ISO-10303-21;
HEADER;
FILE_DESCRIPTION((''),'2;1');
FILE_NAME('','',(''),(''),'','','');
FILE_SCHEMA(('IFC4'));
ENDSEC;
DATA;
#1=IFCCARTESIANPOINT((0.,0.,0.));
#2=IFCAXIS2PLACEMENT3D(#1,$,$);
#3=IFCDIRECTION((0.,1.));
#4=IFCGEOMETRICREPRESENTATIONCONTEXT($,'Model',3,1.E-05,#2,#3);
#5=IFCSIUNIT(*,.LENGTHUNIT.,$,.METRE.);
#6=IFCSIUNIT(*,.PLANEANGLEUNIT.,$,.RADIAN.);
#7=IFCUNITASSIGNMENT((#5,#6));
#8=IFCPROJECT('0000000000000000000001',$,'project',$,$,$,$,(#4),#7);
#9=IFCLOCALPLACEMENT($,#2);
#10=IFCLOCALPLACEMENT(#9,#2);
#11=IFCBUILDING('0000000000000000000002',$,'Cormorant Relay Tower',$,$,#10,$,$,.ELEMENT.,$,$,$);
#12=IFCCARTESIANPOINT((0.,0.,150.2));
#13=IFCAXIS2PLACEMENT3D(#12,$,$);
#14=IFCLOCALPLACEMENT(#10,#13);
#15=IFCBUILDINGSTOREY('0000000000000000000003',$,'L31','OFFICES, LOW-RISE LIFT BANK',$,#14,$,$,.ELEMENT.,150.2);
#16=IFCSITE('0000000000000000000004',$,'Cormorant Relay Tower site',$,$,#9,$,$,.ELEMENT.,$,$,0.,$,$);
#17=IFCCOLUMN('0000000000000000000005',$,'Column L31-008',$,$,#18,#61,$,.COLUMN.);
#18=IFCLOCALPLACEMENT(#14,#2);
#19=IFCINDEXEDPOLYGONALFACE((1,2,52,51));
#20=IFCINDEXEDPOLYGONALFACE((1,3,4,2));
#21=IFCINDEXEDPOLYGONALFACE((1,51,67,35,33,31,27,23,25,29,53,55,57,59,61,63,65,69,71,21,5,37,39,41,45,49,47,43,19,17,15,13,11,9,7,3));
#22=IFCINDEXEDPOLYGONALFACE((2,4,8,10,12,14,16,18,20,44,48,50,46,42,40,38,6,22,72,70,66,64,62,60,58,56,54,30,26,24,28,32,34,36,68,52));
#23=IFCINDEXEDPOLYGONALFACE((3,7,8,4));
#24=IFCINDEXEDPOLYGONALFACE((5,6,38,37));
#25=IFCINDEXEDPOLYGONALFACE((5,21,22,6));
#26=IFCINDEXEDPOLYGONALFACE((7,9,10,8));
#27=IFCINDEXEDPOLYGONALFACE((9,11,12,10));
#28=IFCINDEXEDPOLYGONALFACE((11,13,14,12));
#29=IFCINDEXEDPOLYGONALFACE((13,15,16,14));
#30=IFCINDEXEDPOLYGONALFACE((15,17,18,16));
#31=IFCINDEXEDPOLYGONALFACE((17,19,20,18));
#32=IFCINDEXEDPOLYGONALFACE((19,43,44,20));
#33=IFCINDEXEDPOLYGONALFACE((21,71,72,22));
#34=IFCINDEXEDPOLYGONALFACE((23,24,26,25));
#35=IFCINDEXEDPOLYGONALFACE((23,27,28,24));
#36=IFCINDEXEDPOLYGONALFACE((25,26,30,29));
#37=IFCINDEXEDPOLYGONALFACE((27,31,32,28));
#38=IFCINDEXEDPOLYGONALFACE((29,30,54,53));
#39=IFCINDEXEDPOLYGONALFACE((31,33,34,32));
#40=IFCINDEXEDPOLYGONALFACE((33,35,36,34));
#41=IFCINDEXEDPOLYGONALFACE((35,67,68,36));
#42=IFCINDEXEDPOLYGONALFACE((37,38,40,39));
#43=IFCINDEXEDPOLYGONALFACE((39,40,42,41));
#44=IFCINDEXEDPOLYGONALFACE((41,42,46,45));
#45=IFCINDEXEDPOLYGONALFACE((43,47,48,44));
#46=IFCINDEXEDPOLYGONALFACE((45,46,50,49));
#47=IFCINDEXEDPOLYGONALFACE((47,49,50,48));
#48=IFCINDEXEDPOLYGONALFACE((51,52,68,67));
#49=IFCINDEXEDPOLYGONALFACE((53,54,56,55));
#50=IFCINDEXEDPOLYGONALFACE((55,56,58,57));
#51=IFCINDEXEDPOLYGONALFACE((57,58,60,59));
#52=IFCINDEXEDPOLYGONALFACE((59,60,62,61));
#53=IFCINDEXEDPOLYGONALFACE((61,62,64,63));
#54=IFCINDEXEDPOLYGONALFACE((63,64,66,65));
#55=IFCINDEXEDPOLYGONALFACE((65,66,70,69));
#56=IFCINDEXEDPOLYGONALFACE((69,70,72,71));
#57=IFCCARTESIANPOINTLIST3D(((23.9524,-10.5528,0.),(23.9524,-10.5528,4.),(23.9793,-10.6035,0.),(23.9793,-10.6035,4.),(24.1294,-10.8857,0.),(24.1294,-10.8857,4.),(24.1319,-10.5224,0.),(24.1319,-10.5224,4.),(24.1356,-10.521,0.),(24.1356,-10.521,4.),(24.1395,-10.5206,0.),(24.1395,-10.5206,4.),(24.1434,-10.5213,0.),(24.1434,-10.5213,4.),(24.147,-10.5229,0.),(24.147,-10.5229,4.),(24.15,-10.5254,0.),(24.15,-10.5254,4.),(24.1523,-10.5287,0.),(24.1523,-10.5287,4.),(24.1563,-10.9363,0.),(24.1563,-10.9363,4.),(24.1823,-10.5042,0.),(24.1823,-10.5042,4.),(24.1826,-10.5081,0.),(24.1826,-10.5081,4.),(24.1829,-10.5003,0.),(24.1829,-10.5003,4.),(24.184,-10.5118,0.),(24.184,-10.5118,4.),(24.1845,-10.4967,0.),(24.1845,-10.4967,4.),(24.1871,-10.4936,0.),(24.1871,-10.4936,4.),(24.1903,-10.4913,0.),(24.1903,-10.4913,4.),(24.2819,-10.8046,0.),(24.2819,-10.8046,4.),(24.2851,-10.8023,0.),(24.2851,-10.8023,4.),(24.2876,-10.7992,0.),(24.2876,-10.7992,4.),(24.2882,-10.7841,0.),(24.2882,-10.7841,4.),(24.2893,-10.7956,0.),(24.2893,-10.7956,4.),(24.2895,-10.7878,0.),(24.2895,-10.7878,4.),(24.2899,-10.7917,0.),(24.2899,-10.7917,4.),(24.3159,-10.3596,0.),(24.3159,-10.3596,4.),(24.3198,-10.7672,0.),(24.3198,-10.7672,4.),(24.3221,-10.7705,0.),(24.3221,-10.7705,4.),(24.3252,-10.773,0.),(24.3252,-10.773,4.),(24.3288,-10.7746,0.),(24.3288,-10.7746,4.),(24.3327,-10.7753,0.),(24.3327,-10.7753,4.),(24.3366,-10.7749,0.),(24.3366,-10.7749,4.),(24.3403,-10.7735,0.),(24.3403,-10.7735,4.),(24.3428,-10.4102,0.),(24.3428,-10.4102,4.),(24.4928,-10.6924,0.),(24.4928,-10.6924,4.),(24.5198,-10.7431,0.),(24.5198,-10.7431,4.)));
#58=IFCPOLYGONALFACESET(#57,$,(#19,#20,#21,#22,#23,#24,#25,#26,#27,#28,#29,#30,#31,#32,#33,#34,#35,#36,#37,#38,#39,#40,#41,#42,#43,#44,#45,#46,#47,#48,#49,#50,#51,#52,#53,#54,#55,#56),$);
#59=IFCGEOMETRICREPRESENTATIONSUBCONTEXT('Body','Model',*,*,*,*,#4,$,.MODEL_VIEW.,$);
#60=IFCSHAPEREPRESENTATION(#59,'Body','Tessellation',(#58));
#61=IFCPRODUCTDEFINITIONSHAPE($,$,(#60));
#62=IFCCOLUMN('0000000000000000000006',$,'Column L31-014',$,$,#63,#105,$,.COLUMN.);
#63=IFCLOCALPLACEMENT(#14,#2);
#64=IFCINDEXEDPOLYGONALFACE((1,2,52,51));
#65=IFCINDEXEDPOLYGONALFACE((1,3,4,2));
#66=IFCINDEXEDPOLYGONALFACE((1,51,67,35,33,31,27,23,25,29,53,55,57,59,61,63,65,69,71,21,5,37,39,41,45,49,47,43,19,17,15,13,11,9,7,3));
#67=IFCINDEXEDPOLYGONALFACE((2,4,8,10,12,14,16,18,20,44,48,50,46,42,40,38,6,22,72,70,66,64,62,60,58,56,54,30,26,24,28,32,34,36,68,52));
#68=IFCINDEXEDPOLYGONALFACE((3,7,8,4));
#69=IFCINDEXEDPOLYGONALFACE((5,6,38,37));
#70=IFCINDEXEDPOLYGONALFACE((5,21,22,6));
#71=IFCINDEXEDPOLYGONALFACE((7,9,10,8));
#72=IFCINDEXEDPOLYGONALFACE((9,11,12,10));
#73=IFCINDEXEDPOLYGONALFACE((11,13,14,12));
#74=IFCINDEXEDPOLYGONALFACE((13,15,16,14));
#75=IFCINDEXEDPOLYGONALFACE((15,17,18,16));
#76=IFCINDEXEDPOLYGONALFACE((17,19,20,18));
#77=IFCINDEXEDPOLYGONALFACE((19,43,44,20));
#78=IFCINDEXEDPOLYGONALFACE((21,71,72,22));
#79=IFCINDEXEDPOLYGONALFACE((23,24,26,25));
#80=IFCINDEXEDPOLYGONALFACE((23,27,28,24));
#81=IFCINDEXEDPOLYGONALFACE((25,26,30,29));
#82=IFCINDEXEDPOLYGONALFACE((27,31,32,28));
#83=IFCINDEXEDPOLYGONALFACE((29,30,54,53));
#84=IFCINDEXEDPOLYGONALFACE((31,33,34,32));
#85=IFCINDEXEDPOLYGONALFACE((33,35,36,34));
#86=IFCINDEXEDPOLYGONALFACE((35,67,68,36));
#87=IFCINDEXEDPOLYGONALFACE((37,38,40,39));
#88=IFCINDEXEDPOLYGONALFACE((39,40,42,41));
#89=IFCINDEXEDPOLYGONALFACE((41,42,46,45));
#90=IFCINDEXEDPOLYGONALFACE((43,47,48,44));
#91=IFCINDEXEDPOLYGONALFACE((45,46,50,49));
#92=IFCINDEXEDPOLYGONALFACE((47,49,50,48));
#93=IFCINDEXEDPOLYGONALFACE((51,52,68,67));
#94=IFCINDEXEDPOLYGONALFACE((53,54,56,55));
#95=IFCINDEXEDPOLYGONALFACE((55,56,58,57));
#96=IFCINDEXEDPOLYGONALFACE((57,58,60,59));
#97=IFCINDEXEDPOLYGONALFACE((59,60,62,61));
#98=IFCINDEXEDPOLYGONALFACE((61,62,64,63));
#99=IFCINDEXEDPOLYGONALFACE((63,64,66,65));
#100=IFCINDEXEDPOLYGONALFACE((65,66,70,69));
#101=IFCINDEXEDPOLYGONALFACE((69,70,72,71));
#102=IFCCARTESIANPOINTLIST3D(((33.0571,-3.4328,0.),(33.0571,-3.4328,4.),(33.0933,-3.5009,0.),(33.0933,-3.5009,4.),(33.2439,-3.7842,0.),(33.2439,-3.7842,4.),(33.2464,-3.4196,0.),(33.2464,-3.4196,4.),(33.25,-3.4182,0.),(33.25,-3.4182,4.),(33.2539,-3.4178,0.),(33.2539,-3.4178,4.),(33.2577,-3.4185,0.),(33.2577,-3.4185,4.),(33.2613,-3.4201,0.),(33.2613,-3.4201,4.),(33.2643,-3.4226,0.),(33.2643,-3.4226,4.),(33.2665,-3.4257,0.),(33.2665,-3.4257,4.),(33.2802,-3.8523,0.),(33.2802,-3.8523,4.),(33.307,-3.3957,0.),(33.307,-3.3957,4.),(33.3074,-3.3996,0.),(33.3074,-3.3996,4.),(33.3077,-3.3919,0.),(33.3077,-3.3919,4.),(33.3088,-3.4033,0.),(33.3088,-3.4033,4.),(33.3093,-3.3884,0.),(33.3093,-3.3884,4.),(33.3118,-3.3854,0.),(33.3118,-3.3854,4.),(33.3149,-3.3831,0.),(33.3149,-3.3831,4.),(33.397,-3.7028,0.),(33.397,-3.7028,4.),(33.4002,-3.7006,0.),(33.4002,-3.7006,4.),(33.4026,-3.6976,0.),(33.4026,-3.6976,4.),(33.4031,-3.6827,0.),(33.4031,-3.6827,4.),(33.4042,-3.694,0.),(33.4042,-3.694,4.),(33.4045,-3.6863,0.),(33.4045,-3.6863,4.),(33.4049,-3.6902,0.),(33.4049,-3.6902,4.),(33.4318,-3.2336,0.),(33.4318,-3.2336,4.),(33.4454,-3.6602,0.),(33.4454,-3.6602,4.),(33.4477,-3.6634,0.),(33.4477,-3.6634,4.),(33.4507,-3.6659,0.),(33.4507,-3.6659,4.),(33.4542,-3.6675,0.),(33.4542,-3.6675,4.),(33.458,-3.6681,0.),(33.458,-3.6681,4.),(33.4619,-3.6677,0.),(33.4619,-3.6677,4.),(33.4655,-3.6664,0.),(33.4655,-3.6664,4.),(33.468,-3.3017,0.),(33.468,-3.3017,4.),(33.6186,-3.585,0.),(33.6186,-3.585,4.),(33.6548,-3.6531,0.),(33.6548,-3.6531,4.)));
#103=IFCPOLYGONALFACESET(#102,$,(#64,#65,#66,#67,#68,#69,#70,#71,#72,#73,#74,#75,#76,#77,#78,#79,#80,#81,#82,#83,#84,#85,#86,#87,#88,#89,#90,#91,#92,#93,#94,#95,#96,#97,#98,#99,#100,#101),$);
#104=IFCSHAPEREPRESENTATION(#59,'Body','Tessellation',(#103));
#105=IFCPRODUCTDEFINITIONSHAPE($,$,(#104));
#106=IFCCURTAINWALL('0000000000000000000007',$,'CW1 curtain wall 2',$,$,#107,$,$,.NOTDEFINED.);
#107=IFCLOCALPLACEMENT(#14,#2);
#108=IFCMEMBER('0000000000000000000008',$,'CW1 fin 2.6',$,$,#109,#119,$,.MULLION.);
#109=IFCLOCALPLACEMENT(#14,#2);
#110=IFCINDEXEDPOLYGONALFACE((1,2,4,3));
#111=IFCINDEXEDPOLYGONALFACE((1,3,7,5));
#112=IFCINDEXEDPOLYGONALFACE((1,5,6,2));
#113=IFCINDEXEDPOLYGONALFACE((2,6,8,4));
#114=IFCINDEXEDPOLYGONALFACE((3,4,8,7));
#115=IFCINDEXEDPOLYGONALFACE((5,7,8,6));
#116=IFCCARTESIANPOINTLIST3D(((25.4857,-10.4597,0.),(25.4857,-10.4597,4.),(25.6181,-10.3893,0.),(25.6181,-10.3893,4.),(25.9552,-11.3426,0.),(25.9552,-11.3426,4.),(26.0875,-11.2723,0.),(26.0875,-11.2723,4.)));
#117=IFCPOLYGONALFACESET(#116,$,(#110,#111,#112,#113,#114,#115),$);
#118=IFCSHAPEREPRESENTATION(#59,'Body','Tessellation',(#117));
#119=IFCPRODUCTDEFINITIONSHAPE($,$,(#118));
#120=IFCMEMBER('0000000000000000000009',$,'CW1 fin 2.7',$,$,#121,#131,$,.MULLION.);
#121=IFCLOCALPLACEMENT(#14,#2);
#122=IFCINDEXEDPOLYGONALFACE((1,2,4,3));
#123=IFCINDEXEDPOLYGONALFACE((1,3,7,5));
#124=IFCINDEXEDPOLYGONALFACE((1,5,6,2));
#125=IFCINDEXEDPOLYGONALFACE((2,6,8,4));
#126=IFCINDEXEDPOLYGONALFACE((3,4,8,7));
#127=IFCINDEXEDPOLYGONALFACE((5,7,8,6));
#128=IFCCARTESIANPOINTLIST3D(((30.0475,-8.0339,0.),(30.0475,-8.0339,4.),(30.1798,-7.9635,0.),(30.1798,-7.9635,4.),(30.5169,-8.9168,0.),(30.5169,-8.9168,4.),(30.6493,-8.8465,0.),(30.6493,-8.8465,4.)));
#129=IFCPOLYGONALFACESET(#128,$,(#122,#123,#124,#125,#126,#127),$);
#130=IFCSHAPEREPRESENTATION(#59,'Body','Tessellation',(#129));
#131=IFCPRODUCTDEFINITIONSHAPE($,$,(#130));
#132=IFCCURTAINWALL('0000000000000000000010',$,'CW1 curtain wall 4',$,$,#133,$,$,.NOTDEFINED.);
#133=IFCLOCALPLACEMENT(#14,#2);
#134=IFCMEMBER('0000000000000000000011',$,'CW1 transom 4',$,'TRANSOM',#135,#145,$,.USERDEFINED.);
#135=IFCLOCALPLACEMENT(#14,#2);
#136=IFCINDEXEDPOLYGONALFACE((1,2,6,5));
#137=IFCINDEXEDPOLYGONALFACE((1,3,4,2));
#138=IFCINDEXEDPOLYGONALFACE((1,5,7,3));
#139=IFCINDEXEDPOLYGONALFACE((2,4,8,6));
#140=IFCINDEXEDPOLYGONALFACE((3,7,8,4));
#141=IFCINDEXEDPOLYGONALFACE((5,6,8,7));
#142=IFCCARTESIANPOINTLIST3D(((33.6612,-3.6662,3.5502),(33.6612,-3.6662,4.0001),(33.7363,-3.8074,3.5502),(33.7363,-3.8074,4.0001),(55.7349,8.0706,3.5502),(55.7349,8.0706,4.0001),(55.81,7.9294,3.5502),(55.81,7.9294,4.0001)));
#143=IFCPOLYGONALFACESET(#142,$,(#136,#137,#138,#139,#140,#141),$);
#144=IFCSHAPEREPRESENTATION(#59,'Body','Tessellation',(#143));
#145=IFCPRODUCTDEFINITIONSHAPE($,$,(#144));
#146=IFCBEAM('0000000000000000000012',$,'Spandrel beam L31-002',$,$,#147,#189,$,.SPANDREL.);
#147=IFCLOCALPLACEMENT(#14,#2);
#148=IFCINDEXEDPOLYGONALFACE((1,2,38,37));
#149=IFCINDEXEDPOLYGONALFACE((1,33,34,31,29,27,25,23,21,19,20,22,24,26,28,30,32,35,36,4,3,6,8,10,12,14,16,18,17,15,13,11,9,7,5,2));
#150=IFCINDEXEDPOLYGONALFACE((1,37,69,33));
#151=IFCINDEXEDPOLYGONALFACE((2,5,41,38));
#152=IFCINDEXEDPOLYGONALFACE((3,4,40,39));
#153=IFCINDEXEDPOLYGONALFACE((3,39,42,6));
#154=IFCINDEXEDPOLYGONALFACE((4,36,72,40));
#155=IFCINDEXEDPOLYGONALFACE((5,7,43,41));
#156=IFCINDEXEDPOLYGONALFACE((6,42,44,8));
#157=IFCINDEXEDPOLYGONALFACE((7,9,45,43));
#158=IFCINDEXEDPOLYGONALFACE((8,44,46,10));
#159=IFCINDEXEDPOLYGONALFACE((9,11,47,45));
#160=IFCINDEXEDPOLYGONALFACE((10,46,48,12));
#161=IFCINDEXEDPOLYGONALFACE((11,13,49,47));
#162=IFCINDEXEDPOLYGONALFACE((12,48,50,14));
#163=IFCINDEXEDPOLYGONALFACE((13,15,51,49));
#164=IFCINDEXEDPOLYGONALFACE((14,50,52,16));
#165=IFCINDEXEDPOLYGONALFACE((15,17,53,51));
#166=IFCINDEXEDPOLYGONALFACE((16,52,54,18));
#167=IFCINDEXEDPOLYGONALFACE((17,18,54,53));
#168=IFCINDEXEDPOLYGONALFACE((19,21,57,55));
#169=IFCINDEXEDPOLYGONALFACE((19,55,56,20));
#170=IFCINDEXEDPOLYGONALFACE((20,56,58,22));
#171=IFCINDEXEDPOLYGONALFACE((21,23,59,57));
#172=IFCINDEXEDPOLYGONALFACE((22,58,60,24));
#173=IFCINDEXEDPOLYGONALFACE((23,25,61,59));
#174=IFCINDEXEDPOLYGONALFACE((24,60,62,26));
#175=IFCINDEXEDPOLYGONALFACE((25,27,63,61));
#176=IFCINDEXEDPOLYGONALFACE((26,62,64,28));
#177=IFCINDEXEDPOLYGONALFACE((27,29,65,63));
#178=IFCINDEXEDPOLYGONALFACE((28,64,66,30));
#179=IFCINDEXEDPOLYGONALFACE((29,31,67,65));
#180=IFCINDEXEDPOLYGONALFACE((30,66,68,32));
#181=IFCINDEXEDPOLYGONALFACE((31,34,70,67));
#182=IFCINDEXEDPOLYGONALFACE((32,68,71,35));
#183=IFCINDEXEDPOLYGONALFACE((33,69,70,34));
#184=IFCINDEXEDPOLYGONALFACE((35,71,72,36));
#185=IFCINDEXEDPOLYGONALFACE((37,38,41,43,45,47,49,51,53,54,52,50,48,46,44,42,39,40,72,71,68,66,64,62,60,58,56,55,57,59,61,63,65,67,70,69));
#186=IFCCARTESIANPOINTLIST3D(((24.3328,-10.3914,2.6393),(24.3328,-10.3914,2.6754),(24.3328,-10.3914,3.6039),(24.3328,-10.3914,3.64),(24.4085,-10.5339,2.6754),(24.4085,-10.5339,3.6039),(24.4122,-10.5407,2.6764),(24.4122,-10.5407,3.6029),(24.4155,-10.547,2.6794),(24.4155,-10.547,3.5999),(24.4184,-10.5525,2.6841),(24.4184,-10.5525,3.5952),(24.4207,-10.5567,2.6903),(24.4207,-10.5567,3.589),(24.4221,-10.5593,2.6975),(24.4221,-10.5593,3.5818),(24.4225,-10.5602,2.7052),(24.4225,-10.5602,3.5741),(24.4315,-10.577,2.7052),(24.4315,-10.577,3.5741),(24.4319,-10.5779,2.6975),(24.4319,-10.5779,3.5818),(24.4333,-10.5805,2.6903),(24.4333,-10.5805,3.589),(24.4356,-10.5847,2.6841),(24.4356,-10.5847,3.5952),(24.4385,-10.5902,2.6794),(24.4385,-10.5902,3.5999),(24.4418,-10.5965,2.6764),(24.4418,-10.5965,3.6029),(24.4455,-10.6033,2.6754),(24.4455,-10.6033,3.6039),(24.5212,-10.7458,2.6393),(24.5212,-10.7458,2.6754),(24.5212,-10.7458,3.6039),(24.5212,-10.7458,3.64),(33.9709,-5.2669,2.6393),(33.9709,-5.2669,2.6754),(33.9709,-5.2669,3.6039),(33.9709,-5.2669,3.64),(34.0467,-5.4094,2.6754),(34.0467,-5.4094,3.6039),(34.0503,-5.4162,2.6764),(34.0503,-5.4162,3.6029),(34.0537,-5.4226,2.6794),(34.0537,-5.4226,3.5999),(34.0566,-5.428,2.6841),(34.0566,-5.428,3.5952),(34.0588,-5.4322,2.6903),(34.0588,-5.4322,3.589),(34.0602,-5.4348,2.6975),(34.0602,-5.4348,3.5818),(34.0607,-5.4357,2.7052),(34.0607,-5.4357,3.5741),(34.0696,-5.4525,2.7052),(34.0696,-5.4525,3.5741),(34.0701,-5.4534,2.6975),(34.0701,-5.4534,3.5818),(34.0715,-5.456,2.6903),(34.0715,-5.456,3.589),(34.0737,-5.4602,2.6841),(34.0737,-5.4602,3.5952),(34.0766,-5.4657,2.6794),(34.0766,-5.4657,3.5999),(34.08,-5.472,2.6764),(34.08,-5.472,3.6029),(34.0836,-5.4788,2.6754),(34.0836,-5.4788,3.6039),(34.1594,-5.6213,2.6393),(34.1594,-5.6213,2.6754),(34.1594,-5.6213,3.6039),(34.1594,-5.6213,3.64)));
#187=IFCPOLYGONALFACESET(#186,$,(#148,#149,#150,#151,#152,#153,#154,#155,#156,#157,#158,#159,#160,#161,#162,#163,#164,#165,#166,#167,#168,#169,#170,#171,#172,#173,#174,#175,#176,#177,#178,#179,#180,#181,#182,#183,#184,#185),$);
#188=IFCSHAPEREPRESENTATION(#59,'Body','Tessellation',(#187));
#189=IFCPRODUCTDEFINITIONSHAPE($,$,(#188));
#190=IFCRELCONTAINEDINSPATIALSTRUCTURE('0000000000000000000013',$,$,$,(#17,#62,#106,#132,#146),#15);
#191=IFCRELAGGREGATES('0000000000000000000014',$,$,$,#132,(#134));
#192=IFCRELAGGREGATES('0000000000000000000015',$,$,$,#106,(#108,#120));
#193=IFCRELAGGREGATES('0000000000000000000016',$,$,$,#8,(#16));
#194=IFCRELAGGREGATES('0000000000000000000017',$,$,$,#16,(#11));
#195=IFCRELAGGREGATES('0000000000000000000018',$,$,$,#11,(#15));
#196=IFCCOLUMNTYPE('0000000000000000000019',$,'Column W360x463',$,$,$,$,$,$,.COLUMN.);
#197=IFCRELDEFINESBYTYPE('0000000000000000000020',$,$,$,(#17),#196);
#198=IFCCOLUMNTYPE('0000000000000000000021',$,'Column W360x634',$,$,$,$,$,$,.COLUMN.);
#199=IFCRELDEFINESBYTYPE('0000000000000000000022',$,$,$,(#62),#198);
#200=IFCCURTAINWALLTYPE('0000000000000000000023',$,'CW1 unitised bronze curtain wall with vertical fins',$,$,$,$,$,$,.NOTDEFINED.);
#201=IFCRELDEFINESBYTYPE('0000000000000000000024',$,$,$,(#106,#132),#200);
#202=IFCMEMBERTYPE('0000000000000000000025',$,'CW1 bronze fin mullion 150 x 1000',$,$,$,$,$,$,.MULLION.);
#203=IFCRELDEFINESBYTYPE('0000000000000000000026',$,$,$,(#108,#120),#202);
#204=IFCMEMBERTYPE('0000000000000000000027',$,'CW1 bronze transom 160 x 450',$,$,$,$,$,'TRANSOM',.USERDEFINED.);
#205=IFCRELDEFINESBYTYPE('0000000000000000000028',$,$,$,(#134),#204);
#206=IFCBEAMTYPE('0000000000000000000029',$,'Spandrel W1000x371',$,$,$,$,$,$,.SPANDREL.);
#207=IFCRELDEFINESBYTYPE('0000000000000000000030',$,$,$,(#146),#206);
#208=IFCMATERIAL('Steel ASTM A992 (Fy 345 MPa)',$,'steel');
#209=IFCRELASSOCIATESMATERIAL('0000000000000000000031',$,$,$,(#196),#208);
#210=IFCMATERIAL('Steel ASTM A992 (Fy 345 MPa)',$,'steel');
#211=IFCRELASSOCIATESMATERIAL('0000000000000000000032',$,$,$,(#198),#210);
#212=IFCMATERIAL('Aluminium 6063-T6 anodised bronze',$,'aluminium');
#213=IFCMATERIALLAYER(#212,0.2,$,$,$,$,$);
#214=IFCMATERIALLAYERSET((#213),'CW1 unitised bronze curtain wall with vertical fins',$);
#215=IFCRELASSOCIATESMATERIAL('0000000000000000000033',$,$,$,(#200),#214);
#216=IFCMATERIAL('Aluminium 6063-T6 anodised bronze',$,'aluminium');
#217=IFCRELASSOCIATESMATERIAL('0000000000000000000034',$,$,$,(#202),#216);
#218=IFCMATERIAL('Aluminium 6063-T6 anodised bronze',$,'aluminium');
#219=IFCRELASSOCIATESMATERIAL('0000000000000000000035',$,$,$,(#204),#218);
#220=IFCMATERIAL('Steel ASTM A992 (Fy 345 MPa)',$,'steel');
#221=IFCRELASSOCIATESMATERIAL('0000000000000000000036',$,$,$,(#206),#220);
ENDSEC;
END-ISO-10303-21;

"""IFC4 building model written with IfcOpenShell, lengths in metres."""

from ifc_helpers import new_model, si_unit, direction, frame, origin, origin_2d, place, context, subcontext, project, spatial, rectangle, i_section, extrude, material, layer, layer_set, material_profile, profile_set, type_object, element, aggregate, save


model = new_model("IFC4")

# Units and contexts
model_context = context("Model", 3, precision=1e-05, world=origin(), true_north=direction((0.0, 1.0)))
body_context = subcontext(model_context, "Body", "Model", "MODEL_VIEW")
ifc_project = project(units=[si_unit("LENGTHUNIT", "METRE"), si_unit("PLANEANGLEUNIT", "RADIAN")], contexts=[model_context])

# Site, building, storey
site_placement = place(None, origin())
site = spatial("IfcSite", under=ifc_project, at=site_placement, Name="Cormorant Relay Tower site", CompositionType="ELEMENT", RefElevation=0.0)
building_placement = place(site_placement, origin())
building = spatial("IfcBuilding", under=site, at=building_placement, Name="Cormorant Relay Tower", CompositionType="ELEMENT")
storey_placement = place(building_placement, frame((0.0, 0.0, 150.2)))
storey = spatial("IfcBuildingStorey", under=building, at=storey_placement, Name="L31", Description="OFFICES, LOW-RISE LIFT BANK", CompositionType="ELEMENT", Elevation=150.2)

# Columns
ifc_material_1 = material(Name="Steel ASTM A992 (Fy 345 MPa)", Category="steel")
ifc_material_profile_1 = material_profile(ifc_material_1, i_section(OverallWidth=0.4116, OverallDepth=0.4343, WebThickness=0.0359, FlangeThickness=0.0574, FilletRadius=0.0151, at=origin_2d()), Name="W360x463")
ifc_profile_set_1 = profile_set([ifc_material_profile_1], Name="Steel ASTM A992 (Fy 345 MPa)")
column_type_1 = type_object("IfcColumnType", Name="Column W360x463", PredefinedType="COLUMN", material=ifc_profile_set_1)
column_1_placement = place(storey_placement, frame((24.2361, -10.6479, 0.0), z_axis=(0.0, 0.0, 1.0), x_axis=(0.882948, 0.469472, 0.0)))
element("IfcColumn", 1, at=column_1_placement, inside=storey, type_object=column_type_1, Name="Column L31-008", PredefinedType="COLUMN", context=body_context, shape_type="SweptSolid", body=[
    extrude(i_section(OverallWidth=0.4116, OverallDepth=0.4343, WebThickness=0.0359, FlangeThickness=0.0574, FilletRadius=0.0151, at=origin_2d()), origin(), (0.0, 0.0, 1.0), 4.0),
])
ifc_material_2 = material(Name="Steel ASTM A992 (Fy 345 MPa)", Category="steel")
ifc_material_profile_2 = material_profile(ifc_material_2, i_section(OverallWidth=0.4243, OverallDepth=0.4751, WebThickness=0.0479, FlangeThickness=0.0771, FilletRadius=0.0149, at=origin_2d()), Name="W360x634")
ifc_profile_set_2 = profile_set([ifc_material_profile_2], Name="Steel ASTM A992 (Fy 345 MPa)")
column_type_2 = type_object("IfcColumnType", Name="Column W360x634", PredefinedType="COLUMN", material=ifc_profile_set_2)
column_2_placement = place(storey_placement, frame((33.356, -3.543, 0.0), z_axis=(0.0, 0.0, 1.0), x_axis=(0.882948, 0.469472, 0.0)))
element("IfcColumn", 2, at=column_2_placement, inside=storey, type_object=column_type_2, Name="Column L31-014", PredefinedType="COLUMN", context=body_context, shape_type="SweptSolid", body=[
    extrude(i_section(OverallWidth=0.4243, OverallDepth=0.4751, WebThickness=0.0479, FlangeThickness=0.0771, FilletRadius=0.0149, at=origin_2d()), origin(), (0.0, 0.0, 1.0), 4.0),
])

# Curtain wall, members
ifc_material_3 = material(Name="Aluminium 6063-T6 anodised bronze", Category="aluminium")
ifc_layer_1 = layer(ifc_material_3, 0.2)
ifc_layer_set_1 = layer_set([ifc_layer_1], Name="CW1 unitised bronze curtain wall with vertical fins")
curtain_wall_type = type_object("IfcCurtainWallType", Name="CW1 unitised bronze curtain wall with vertical fins", PredefinedType="NOTDEFINED", material=ifc_layer_set_1)
curtain_wall_1_placement = place(storey_placement, origin())
curtain_wall_1 = element("IfcCurtainWall", 3, at=curtain_wall_1_placement, inside=storey, type_object=curtain_wall_type, Name="CW1 curtain wall 2", PredefinedType="NOTDEFINED")
ifc_material_4 = material(Name="Aluminium 6063-T6 anodised bronze", Category="aluminium")
ifc_material_profile_3 = material_profile(ifc_material_4, rectangle(XDim=0.1499, YDim=1.0, at=origin_2d()), Name="AL 150x1000")
ifc_profile_set_3 = profile_set([ifc_material_profile_3], Name="Aluminium 6063-T6 anodised bronze")
member_type_1 = type_object("IfcMemberType", Name="CW1 bronze fin mullion 150 x 1000", PredefinedType="MULLION", material=ifc_profile_set_3)
member_1_placement = place(storey_placement, frame((25.7866, -10.866, 0.0), z_axis=(0.0, 0.0, 1.0), x_axis=(0.882948, 0.469472, 0.0)))
member_1 = element("IfcMember", 4, at=member_1_placement, type_object=member_type_1, Name="CW1 fin 2.6", PredefinedType="MULLION", context=body_context, shape_type="SweptSolid", body=[
    extrude(rectangle(XDim=0.1499, YDim=1.0, at=origin_2d()), origin(), (0.0, 0.0, 1.0), 4.0),
])
member_2_placement = place(storey_placement, frame((30.3484, -8.4402, 0.0), z_axis=(0.0, 0.0, 1.0), x_axis=(0.882948, 0.469472, 0.0)))
member_2 = element("IfcMember", 5, at=member_2_placement, type_object=member_type_1, Name="CW1 fin 2.7", PredefinedType="MULLION", context=body_context, shape_type="SweptSolid", body=[
    extrude(rectangle(XDim=0.1499, YDim=1.0, at=origin_2d()), origin(), (0.0, 0.0, 1.0), 4.0),
])

# Curtain wall, member
curtain_wall_2_placement = place(storey_placement, origin())
curtain_wall_2 = element("IfcCurtainWall", 6, at=curtain_wall_2_placement, inside=storey, type_object=curtain_wall_type, Name="CW1 curtain wall 4", PredefinedType="NOTDEFINED")
ifc_material_5 = material(Name="Aluminium 6063-T6 anodised bronze", Category="aluminium")
ifc_material_profile_4 = material_profile(ifc_material_5, rectangle(XDim=0.1599, YDim=0.45, at=origin_2d()), Name="AL 160x450")
ifc_profile_set_4 = profile_set([ifc_material_profile_4], Name="Aluminium 6063-T6 anodised bronze")
member_type_2 = type_object("IfcMemberType", Name="CW1 bronze transom 160 x 450", ElementType="TRANSOM", PredefinedType="USERDEFINED", material=ifc_profile_set_4)
member_3_placement = place(storey_placement, frame((33.6987, -3.7368, 3.7751), z_axis=(0.882947, 0.469472, 0.0), x_axis=(-0.469472, 0.882947, 0.0)))
member_3 = element("IfcMember", 7, at=member_3_placement, type_object=member_type_2, Name="CW1 transom 4", ObjectType="TRANSOM", PredefinedType="USERDEFINED", context=body_context, shape_type="SweptSolid", body=[
    extrude(rectangle(XDim=0.1599, YDim=0.45, at=origin_2d()), origin(), (0.0, 0.0, 1.0), 25.0),
])
aggregate(curtain_wall_2, [member_3])

# Beam
ifc_material_6 = material(Name="Steel ASTM A992 (Fy 345 MPa)", Category="steel")
ifc_material_profile_5 = material_profile(ifc_material_6, i_section(OverallWidth=0.4014, OverallDepth=1.0007, WebThickness=0.019, FlangeThickness=0.0361, FilletRadius=0.0298, at=origin_2d()), Name="W1000x371")
ifc_profile_set_5 = profile_set([ifc_material_profile_5], Name="Steel ASTM A992 (Fy 345 MPa)")
beam_type = type_object("IfcBeamType", Name="Spandrel W1000x371", PredefinedType="SPANDREL", material=ifc_profile_set_5)
beam_placement = place(storey_placement, frame((24.427, -10.5686, 3.1396), z_axis=(0.882955, 0.469457, 0.0), x_axis=(-0.469457, 0.882955, 0.0)))
element("IfcBeam", 8, at=beam_placement, inside=storey, type_object=beam_type, Name="Spandrel beam L31-002", PredefinedType="SPANDREL", context=body_context, shape_type="SweptSolid", body=[
    extrude(i_section(OverallWidth=0.4014, OverallDepth=1.0007, WebThickness=0.019, FlangeThickness=0.0361, FilletRadius=0.0298, at=origin_2d()), origin(), (0.0, 0.0, 1.0), 10.9158),
])

aggregate(curtain_wall_1, [member_1, member_2])

save(model, "model.ifc")
